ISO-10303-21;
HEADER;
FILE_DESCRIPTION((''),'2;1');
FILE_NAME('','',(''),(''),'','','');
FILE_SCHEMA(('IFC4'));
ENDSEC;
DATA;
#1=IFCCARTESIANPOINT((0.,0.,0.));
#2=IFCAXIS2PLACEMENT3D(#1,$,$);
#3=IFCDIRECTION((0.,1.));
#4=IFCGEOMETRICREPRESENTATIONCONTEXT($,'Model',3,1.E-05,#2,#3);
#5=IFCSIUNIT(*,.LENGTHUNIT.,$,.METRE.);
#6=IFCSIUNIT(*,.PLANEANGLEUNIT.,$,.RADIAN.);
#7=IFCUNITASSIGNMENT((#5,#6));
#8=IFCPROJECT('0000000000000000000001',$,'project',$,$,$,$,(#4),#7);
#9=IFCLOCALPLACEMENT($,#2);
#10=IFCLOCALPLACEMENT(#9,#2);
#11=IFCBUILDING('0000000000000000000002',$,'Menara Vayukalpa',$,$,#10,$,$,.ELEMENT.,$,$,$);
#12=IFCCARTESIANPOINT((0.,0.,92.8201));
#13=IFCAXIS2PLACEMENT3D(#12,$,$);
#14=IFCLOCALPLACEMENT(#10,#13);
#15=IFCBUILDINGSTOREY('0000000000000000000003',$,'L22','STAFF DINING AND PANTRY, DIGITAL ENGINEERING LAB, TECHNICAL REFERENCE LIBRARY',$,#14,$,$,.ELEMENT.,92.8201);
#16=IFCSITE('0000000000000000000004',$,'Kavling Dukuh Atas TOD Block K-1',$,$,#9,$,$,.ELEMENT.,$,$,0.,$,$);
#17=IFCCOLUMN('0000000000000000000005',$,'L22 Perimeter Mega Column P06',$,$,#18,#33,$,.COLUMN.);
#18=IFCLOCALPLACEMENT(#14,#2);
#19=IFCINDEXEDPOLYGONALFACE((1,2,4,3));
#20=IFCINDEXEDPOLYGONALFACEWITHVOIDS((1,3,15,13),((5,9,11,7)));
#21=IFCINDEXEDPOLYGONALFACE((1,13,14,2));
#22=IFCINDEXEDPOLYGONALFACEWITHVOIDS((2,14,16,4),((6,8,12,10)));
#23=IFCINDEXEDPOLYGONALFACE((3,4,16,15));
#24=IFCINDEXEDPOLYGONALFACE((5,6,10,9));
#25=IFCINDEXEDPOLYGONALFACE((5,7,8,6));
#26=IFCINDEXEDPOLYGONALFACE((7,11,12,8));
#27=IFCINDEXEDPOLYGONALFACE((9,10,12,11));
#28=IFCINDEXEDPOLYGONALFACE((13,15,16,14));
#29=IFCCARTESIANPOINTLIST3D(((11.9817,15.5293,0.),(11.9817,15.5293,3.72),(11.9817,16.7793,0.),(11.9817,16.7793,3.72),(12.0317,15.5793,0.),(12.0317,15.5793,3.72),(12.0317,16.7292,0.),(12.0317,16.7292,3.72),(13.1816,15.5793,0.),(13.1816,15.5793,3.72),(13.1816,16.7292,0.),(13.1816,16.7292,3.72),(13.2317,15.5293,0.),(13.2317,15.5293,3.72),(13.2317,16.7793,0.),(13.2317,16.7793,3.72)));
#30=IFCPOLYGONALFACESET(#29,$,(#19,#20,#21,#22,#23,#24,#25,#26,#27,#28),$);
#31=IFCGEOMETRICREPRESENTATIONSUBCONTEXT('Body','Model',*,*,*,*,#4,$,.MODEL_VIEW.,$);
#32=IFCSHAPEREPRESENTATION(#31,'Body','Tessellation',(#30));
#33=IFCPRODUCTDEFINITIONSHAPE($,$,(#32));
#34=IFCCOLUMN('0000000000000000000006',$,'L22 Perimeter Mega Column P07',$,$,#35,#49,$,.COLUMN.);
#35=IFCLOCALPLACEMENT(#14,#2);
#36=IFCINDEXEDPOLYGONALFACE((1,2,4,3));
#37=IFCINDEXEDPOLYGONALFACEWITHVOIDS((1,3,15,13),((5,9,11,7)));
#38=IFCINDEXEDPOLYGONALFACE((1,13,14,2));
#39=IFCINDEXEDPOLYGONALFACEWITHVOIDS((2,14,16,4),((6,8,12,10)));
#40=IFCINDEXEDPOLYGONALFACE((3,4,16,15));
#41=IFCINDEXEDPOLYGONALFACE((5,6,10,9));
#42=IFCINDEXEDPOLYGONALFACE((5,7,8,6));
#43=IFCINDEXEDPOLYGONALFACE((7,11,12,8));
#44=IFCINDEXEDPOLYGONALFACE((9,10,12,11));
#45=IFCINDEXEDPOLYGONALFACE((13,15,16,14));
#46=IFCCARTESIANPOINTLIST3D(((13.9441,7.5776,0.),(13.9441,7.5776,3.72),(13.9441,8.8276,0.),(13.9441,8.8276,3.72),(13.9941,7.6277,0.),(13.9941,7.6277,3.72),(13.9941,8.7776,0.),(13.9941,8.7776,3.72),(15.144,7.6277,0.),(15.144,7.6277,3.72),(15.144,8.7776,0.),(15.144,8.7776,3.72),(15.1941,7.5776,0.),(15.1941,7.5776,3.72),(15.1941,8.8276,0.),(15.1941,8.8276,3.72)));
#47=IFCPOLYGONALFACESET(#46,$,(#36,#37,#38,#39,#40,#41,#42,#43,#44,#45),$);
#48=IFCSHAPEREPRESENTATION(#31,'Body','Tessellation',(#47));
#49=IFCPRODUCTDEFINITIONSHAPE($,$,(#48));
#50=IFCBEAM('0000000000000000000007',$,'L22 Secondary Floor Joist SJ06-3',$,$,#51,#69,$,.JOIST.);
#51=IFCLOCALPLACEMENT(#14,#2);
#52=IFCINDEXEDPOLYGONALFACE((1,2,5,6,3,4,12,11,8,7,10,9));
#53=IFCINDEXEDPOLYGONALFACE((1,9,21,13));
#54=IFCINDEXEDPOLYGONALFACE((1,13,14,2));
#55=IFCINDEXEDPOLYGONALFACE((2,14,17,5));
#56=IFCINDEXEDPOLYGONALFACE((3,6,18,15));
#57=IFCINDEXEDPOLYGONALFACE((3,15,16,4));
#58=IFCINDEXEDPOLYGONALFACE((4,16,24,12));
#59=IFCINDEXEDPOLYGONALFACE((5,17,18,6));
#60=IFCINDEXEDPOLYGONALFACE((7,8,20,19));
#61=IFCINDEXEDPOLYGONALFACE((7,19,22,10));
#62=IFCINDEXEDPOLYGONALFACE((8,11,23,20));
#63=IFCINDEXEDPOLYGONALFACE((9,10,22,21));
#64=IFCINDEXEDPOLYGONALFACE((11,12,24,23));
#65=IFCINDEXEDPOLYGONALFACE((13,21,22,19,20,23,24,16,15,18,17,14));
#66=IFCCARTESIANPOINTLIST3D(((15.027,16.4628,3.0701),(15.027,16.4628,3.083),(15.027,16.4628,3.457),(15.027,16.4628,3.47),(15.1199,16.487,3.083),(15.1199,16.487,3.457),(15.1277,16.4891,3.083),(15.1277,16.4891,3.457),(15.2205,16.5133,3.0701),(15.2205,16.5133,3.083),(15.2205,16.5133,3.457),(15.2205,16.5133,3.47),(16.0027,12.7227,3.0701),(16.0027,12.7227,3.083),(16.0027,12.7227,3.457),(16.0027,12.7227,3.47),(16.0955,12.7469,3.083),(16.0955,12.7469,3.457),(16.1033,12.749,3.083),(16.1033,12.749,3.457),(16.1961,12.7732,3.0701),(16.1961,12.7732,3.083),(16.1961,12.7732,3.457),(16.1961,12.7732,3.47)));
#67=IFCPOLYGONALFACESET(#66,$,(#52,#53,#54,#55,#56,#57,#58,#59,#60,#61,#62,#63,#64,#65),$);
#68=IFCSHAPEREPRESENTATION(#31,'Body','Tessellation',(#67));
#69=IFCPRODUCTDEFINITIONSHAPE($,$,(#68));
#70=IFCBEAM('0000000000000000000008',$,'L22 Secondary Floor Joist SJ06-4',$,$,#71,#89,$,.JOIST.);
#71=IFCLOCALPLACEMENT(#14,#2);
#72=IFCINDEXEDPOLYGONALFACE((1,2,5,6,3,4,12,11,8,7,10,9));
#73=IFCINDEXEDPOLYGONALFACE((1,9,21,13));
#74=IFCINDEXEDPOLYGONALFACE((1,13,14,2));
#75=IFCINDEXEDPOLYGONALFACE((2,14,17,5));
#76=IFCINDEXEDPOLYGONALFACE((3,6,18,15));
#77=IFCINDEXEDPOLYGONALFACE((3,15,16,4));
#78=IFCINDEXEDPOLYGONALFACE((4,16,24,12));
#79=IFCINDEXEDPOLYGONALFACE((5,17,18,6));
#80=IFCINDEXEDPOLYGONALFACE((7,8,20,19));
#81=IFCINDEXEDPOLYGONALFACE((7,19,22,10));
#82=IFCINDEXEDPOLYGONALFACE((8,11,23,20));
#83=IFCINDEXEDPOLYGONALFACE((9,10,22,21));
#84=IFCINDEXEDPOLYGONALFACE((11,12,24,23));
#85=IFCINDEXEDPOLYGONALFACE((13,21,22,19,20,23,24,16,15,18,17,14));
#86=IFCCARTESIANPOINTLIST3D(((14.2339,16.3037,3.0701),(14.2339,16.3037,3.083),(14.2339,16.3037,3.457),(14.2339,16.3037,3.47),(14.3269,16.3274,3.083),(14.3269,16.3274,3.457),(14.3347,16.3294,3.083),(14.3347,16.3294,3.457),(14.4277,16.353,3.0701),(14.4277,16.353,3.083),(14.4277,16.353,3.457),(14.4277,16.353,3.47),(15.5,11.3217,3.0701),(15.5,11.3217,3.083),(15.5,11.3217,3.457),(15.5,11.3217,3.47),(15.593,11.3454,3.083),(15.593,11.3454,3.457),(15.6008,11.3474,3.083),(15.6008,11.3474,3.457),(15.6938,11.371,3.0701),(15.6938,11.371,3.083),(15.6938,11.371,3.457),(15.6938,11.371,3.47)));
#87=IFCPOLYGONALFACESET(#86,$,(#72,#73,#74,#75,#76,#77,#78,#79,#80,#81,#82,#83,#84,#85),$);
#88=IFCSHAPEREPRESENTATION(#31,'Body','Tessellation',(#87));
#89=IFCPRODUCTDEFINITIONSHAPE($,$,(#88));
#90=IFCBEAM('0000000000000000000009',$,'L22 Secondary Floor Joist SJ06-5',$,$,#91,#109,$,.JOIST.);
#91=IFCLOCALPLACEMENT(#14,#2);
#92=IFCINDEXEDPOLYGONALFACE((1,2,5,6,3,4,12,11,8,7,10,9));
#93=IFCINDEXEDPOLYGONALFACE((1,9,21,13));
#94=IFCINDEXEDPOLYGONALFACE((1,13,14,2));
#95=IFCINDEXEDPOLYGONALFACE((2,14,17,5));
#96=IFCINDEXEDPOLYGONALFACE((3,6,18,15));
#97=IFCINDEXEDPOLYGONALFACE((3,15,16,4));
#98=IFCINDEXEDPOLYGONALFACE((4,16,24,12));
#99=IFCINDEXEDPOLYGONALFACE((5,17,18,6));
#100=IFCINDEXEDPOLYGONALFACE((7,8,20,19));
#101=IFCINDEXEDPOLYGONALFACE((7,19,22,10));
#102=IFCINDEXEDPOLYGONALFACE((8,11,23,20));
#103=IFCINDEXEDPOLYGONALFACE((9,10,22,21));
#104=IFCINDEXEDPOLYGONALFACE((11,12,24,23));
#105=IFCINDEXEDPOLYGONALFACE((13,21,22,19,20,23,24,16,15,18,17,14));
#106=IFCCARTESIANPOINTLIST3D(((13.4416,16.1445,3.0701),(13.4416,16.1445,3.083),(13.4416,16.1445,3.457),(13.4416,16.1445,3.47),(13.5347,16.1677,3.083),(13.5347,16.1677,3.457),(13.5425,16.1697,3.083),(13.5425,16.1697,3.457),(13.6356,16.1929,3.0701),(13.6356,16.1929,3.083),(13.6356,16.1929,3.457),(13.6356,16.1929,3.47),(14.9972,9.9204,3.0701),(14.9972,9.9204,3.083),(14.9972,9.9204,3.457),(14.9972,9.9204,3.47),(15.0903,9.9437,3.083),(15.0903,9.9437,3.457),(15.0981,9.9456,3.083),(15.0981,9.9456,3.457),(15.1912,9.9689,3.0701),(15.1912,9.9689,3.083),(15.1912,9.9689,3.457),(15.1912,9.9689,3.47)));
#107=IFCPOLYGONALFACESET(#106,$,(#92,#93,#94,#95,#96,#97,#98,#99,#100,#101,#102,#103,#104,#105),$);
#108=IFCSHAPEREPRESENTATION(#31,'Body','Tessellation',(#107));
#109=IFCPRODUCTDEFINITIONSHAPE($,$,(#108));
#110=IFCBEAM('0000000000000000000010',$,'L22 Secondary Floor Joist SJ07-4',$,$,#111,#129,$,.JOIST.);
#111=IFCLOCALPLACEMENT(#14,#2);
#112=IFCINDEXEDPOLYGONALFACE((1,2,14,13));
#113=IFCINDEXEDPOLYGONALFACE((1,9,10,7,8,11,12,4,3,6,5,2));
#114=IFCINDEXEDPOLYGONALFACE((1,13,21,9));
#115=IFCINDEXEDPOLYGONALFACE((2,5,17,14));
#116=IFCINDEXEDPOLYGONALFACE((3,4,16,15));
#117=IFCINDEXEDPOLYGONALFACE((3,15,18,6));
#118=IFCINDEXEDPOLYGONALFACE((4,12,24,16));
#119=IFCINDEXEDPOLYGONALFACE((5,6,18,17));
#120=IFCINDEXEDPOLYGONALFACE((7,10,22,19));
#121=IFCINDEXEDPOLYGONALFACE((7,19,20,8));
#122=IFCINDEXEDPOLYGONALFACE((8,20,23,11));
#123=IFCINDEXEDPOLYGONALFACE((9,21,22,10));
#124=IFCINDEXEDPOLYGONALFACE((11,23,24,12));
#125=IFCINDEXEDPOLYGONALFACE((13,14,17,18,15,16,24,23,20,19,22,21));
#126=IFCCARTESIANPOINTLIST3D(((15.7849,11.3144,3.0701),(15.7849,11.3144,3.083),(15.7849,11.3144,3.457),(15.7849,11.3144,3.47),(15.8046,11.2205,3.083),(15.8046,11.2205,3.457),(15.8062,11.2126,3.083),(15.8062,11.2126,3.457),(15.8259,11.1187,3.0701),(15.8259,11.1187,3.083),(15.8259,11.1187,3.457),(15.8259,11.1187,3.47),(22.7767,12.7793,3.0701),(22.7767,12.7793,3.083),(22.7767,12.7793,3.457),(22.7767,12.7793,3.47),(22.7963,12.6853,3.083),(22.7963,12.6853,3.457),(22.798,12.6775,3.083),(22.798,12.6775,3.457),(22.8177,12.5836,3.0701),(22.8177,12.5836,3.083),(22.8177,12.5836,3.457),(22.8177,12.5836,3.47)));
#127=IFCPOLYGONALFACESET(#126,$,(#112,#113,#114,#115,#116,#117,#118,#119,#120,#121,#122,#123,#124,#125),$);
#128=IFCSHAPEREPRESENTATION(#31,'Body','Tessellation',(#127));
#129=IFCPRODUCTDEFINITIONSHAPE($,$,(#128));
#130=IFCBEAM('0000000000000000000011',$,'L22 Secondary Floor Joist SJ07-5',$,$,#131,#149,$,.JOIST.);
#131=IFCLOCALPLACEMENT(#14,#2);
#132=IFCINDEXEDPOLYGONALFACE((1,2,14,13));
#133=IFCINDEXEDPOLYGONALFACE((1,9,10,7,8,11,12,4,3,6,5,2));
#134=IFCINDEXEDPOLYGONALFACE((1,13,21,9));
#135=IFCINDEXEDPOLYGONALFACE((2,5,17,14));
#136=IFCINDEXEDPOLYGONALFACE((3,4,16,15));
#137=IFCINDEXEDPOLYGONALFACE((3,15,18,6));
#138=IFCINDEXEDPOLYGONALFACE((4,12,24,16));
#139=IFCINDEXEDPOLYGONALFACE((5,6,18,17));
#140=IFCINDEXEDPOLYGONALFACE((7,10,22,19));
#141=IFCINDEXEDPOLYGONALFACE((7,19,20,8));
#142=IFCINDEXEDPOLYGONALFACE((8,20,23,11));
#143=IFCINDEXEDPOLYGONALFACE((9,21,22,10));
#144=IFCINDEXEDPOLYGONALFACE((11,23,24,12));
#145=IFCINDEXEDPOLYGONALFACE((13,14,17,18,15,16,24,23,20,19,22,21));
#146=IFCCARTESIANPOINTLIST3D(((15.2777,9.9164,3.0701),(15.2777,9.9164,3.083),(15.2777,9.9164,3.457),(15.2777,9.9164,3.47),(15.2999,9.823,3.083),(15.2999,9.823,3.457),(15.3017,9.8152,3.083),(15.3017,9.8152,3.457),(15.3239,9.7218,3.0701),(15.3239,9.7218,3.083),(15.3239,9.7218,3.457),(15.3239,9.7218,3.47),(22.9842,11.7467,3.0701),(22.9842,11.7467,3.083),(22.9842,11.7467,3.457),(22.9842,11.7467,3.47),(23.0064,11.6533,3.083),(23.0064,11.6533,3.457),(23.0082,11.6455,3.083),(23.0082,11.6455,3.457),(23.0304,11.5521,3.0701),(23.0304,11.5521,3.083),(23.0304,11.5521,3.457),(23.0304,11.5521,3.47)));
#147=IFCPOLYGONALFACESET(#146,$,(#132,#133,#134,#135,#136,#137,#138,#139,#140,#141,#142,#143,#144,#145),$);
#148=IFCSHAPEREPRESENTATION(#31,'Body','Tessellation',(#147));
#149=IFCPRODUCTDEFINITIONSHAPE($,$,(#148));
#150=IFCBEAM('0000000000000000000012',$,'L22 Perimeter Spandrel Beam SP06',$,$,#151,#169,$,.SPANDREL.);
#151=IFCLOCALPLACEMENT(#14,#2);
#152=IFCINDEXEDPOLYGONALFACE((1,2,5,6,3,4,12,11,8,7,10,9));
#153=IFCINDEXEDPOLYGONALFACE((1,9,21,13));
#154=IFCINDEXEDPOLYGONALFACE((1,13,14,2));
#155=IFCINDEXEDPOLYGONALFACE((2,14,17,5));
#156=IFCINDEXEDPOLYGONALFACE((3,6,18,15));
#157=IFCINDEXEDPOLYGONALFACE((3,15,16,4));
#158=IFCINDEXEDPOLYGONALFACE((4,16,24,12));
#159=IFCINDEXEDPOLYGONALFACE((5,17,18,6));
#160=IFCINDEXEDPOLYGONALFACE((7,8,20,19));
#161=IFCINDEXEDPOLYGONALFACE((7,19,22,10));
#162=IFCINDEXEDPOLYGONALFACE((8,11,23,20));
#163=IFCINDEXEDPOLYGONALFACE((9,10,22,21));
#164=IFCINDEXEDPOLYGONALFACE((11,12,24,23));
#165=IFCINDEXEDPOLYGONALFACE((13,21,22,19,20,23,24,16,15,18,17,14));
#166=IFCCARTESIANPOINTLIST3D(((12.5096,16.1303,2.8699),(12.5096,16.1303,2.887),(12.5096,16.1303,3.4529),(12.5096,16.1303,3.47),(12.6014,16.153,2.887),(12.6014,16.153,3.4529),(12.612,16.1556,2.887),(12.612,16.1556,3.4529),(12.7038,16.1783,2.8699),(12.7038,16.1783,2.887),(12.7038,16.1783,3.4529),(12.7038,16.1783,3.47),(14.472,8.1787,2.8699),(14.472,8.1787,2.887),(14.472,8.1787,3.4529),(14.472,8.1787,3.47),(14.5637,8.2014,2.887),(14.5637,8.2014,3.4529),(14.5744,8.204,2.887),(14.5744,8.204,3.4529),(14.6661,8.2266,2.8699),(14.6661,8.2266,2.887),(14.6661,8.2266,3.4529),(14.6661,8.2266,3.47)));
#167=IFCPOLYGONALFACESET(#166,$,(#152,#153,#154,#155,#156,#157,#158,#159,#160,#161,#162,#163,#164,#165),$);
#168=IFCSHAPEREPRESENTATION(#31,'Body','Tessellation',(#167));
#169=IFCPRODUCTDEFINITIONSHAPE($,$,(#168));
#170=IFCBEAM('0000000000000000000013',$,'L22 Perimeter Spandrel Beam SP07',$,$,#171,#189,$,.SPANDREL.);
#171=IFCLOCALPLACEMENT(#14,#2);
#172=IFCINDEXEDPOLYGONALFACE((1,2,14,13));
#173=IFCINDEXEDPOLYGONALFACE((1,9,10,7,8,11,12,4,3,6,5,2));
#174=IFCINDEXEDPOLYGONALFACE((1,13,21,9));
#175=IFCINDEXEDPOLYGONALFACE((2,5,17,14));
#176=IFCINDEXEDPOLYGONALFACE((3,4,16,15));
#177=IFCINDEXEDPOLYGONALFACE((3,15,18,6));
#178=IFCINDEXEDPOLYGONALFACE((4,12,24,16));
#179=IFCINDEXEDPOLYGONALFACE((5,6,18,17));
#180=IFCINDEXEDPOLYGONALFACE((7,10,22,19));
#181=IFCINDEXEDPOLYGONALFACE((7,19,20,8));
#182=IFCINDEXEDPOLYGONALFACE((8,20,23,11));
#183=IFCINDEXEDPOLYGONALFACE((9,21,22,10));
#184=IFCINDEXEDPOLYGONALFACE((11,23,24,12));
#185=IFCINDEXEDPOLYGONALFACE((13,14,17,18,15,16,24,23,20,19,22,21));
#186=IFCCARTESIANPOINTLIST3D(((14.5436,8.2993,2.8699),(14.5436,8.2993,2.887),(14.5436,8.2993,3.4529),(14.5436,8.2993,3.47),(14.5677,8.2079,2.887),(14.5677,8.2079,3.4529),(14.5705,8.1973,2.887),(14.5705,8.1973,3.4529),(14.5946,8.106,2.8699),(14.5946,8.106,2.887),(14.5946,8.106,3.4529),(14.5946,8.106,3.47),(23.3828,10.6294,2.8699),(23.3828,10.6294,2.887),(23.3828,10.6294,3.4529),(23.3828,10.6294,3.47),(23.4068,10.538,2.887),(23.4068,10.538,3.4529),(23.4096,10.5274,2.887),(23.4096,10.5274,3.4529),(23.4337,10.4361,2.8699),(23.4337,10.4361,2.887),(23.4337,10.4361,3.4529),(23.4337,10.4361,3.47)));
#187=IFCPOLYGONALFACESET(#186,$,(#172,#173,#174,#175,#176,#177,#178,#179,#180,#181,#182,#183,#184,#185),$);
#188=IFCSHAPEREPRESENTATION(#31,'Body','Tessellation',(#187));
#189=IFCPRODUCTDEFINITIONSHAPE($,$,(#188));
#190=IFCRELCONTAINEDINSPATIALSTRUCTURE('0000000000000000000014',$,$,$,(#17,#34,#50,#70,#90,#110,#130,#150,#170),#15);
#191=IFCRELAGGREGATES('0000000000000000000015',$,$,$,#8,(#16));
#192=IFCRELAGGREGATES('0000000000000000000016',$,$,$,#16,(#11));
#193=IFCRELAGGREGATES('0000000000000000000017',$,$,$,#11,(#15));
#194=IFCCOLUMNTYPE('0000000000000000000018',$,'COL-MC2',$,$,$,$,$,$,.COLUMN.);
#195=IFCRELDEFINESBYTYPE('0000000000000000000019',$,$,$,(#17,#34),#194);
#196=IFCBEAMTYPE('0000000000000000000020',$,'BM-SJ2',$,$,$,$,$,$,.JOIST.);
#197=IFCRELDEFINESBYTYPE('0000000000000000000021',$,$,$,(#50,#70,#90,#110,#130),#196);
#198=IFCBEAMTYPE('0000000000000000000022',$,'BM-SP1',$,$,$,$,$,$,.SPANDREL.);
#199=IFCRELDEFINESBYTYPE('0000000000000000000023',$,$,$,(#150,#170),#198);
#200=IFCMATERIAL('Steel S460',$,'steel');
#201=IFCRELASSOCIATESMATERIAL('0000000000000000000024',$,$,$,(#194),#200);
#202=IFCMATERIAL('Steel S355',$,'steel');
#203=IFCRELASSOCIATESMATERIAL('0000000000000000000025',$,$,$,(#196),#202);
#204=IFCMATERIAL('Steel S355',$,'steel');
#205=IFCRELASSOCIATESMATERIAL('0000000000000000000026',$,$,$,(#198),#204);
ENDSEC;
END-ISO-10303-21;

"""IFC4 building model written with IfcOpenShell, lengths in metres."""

from ifc_helpers import new_model, si_unit, direction, frame, origin, origin_2d, place, context, subcontext, project, spatial, hollow_rectangle, i_section, extrude, material, material_profile, profile_set, type_object, element, save


model = new_model("IFC4")

# Units and contexts
model_context = context("Model", 3, precision=1e-05, world=origin(), true_north=direction((0.0, 1.0)))
body_context = subcontext(model_context, "Body", "Model", "MODEL_VIEW")
ifc_project = project(units=[si_unit("LENGTHUNIT", "METRE"), si_unit("PLANEANGLEUNIT", "RADIAN")], contexts=[model_context])

# Site, building, storey
site_placement = place(None, origin())
site = spatial("IfcSite", under=ifc_project, at=site_placement, Name="Kavling Dukuh Atas TOD Block K-1", CompositionType="ELEMENT", RefElevation=0.0)
building_placement = place(site_placement, origin())
building = spatial("IfcBuilding", under=site, at=building_placement, Name="Menara Vayukalpa", CompositionType="ELEMENT")
storey_placement = place(building_placement, frame((0.0, 0.0, 92.8201)))
storey = spatial("IfcBuildingStorey", under=building, at=storey_placement, Name="L22", Description="STAFF DINING AND PANTRY, DIGITAL ENGINEERING LAB, TECHNICAL REFERENCE LIBRARY", CompositionType="ELEMENT", Elevation=92.8201)

# Columns
ifc_material_1 = material(Name="Steel S460", Category="steel")
ifc_material_profile_1 = material_profile(ifc_material_1, hollow_rectangle(XDim=1.25, YDim=1.25, WallThickness=0.05, at=origin_2d()), Name="BOX 1250x1250x50")
ifc_profile_set_1 = profile_set([ifc_material_profile_1], Name="Steel S460")
column_type = type_object("IfcColumnType", Name="COL-MC2", PredefinedType="COLUMN", material=ifc_profile_set_1)
for number, where, z_axis, x_axis, name in (
    (1, (12.6067, 16.1543, 0.0), (0.0, 0.0, 1.0), (1.0, 0.0, 0.0), "L22 Perimeter Mega Column P06"),
    (2, (14.5691, 8.2026, 0.0), (0.0, 0.0, 1.0), (1.0, 0.0, 0.0), "L22 Perimeter Mega Column P07"),
):
    element("IfcColumn", number, at=place(storey_placement, frame(where, z_axis=z_axis, x_axis=x_axis)), inside=storey, type_object=column_type, Name=name, PredefinedType="COLUMN", context=body_context, shape_type="SweptSolid", body=[
        extrude(hollow_rectangle(XDim=1.25, YDim=1.25, WallThickness=0.05, at=origin_2d()), origin(), (0.0, 0.0, 1.0), 3.72),
    ])

# Beams
ifc_material_2 = material(Name="Steel S355", Category="steel")
ifc_material_profile_2 = material_profile(ifc_material_2, i_section(OverallWidth=0.2, OverallDepth=0.3999, WebThickness=0.0081, FlangeThickness=0.0129, at=origin_2d()), Name="WF 400x200x8x13")
ifc_profile_set_2 = profile_set([ifc_material_profile_2], Name="Steel S355")
beam_type_1 = type_object("IfcBeamType", Name="BM-SJ2", PredefinedType="JOIST", material=ifc_profile_set_2)
beam_1_placement = place(storey_placement, frame((15.1238, 16.488, 3.27), z_axis=(0.252406, -0.967621, 0.0), x_axis=(0.967621, 0.252406, 0.0)))
element("IfcBeam", 3, at=beam_1_placement, inside=storey, type_object=beam_type_1, Name="L22 Secondary Floor Joist SJ06-3", PredefinedType="JOIST", context=body_context, shape_type="SweptSolid", body=[
    extrude(i_section(OverallWidth=0.2, OverallDepth=0.3999, WebThickness=0.0081, FlangeThickness=0.0129, at=origin_2d()), origin(), (0.0, 0.0, 1.0), 3.8652),
])
beam_2_placement = place(storey_placement, frame((14.3308, 16.3284, 3.27), z_axis=(0.246311, -0.969191, 0.0), x_axis=(0.969191, 0.246311, 0.0)))
element("IfcBeam", 4, at=beam_2_placement, inside=storey, type_object=beam_type_1, Name="L22 Secondary Floor Joist SJ06-4", PredefinedType="JOIST", context=body_context, shape_type="SweptSolid", body=[
    extrude(i_section(OverallWidth=0.2, OverallDepth=0.3999, WebThickness=0.0081, FlangeThickness=0.0129, at=origin_2d()), origin(), (0.0, 0.0, 1.0), 5.1404),
])
beam_3_placement = place(storey_placement, frame((13.5386, 16.1687, 3.27), z_axis=(0.242482, -0.970156, 0.0), x_axis=(0.970156, 0.242482, 0.0)))
element("IfcBeam", 5, at=beam_3_placement, inside=storey, type_object=beam_type_1, Name="L22 Secondary Floor Joist SJ06-5", PredefinedType="JOIST", context=body_context, shape_type="SweptSolid", body=[
    extrude(i_section(OverallWidth=0.2, OverallDepth=0.3999, WebThickness=0.0081, FlangeThickness=0.0129, at=origin_2d()), origin(), (0.0, 0.0, 1.0), 6.4155),
])
beam_4_placement = place(storey_placement, frame((15.8054, 11.2166, 3.27), z_axis=(0.978749, 0.20506, 0.0), x_axis=(-0.20506, 0.978749, 0.0)))
element("IfcBeam", 6, at=beam_4_placement, inside=storey, type_object=beam_type_1, Name="L22 Secondary Floor Joist SJ07-4", PredefinedType="JOIST", context=body_context, shape_type="SweptSolid", body=[
    extrude(i_section(OverallWidth=0.2, OverallDepth=0.3999, WebThickness=0.0081, FlangeThickness=0.0129, at=origin_2d()), origin(), (0.0, 0.0, 1.0), 7.1436),
])
beam_5_placement = place(storey_placement, frame((15.3008, 9.8191, 3.27), z_axis=(0.972936, 0.231075, 0.0), x_axis=(-0.231075, 0.972936, 0.0)))
element("IfcBeam", 7, at=beam_5_placement, inside=storey, type_object=beam_type_1, Name="L22 Secondary Floor Joist SJ07-5", PredefinedType="JOIST", context=body_context, shape_type="SweptSolid", body=[
    extrude(i_section(OverallWidth=0.2, OverallDepth=0.3999, WebThickness=0.0081, FlangeThickness=0.0129, at=origin_2d()), origin(), (0.0, 0.0, 1.0), 7.9209),
])
ifc_material_3 = material(Name="Steel S355", Category="steel")
ifc_material_profile_3 = material_profile(ifc_material_3, i_section(OverallWidth=0.2, OverallDepth=0.6001, WebThickness=0.011, FlangeThickness=0.0171, at=origin_2d()), Name="WF 600x200x11x17")
ifc_profile_set_3 = profile_set([ifc_material_profile_3], Name="Steel S355")
beam_type_2 = type_object("IfcBeamType", Name="BM-SP1", PredefinedType="SPANDREL", material=ifc_profile_set_3)
beam_6_placement = place(storey_placement, frame((12.6067, 16.1543, 3.1699), z_axis=(0.239603, -0.970871, 0.0), x_axis=(0.970871, 0.239603, 0.0)))
element("IfcBeam", 8, at=beam_6_placement, inside=storey, type_object=beam_type_2, Name="L22 Perimeter Spandrel Beam SP06", PredefinedType="SPANDREL", context=body_context, shape_type="SweptSolid", body=[
    extrude(i_section(OverallWidth=0.2, OverallDepth=0.6001, WebThickness=0.011, FlangeThickness=0.0171, at=origin_2d()), origin(), (0.0, 0.0, 1.0), 8.1902),
])
beam_7_placement = place(storey_placement, frame((14.5691, 8.2026, 3.1699), z_axis=(0.966967, 0.254902, 0.0), x_axis=(-0.254902, 0.966967, 0.0)))
element("IfcBeam", 9, at=beam_7_placement, inside=storey, type_object=beam_type_2, Name="L22 Perimeter Spandrel Beam SP07", PredefinedType="SPANDREL", context=body_context, shape_type="SweptSolid", body=[
    extrude(i_section(OverallWidth=0.2, OverallDepth=0.6001, WebThickness=0.011, FlangeThickness=0.0171, at=origin_2d()), origin(), (0.0, 0.0, 1.0), 9.1411),
])

save(model, "model.ifc")
